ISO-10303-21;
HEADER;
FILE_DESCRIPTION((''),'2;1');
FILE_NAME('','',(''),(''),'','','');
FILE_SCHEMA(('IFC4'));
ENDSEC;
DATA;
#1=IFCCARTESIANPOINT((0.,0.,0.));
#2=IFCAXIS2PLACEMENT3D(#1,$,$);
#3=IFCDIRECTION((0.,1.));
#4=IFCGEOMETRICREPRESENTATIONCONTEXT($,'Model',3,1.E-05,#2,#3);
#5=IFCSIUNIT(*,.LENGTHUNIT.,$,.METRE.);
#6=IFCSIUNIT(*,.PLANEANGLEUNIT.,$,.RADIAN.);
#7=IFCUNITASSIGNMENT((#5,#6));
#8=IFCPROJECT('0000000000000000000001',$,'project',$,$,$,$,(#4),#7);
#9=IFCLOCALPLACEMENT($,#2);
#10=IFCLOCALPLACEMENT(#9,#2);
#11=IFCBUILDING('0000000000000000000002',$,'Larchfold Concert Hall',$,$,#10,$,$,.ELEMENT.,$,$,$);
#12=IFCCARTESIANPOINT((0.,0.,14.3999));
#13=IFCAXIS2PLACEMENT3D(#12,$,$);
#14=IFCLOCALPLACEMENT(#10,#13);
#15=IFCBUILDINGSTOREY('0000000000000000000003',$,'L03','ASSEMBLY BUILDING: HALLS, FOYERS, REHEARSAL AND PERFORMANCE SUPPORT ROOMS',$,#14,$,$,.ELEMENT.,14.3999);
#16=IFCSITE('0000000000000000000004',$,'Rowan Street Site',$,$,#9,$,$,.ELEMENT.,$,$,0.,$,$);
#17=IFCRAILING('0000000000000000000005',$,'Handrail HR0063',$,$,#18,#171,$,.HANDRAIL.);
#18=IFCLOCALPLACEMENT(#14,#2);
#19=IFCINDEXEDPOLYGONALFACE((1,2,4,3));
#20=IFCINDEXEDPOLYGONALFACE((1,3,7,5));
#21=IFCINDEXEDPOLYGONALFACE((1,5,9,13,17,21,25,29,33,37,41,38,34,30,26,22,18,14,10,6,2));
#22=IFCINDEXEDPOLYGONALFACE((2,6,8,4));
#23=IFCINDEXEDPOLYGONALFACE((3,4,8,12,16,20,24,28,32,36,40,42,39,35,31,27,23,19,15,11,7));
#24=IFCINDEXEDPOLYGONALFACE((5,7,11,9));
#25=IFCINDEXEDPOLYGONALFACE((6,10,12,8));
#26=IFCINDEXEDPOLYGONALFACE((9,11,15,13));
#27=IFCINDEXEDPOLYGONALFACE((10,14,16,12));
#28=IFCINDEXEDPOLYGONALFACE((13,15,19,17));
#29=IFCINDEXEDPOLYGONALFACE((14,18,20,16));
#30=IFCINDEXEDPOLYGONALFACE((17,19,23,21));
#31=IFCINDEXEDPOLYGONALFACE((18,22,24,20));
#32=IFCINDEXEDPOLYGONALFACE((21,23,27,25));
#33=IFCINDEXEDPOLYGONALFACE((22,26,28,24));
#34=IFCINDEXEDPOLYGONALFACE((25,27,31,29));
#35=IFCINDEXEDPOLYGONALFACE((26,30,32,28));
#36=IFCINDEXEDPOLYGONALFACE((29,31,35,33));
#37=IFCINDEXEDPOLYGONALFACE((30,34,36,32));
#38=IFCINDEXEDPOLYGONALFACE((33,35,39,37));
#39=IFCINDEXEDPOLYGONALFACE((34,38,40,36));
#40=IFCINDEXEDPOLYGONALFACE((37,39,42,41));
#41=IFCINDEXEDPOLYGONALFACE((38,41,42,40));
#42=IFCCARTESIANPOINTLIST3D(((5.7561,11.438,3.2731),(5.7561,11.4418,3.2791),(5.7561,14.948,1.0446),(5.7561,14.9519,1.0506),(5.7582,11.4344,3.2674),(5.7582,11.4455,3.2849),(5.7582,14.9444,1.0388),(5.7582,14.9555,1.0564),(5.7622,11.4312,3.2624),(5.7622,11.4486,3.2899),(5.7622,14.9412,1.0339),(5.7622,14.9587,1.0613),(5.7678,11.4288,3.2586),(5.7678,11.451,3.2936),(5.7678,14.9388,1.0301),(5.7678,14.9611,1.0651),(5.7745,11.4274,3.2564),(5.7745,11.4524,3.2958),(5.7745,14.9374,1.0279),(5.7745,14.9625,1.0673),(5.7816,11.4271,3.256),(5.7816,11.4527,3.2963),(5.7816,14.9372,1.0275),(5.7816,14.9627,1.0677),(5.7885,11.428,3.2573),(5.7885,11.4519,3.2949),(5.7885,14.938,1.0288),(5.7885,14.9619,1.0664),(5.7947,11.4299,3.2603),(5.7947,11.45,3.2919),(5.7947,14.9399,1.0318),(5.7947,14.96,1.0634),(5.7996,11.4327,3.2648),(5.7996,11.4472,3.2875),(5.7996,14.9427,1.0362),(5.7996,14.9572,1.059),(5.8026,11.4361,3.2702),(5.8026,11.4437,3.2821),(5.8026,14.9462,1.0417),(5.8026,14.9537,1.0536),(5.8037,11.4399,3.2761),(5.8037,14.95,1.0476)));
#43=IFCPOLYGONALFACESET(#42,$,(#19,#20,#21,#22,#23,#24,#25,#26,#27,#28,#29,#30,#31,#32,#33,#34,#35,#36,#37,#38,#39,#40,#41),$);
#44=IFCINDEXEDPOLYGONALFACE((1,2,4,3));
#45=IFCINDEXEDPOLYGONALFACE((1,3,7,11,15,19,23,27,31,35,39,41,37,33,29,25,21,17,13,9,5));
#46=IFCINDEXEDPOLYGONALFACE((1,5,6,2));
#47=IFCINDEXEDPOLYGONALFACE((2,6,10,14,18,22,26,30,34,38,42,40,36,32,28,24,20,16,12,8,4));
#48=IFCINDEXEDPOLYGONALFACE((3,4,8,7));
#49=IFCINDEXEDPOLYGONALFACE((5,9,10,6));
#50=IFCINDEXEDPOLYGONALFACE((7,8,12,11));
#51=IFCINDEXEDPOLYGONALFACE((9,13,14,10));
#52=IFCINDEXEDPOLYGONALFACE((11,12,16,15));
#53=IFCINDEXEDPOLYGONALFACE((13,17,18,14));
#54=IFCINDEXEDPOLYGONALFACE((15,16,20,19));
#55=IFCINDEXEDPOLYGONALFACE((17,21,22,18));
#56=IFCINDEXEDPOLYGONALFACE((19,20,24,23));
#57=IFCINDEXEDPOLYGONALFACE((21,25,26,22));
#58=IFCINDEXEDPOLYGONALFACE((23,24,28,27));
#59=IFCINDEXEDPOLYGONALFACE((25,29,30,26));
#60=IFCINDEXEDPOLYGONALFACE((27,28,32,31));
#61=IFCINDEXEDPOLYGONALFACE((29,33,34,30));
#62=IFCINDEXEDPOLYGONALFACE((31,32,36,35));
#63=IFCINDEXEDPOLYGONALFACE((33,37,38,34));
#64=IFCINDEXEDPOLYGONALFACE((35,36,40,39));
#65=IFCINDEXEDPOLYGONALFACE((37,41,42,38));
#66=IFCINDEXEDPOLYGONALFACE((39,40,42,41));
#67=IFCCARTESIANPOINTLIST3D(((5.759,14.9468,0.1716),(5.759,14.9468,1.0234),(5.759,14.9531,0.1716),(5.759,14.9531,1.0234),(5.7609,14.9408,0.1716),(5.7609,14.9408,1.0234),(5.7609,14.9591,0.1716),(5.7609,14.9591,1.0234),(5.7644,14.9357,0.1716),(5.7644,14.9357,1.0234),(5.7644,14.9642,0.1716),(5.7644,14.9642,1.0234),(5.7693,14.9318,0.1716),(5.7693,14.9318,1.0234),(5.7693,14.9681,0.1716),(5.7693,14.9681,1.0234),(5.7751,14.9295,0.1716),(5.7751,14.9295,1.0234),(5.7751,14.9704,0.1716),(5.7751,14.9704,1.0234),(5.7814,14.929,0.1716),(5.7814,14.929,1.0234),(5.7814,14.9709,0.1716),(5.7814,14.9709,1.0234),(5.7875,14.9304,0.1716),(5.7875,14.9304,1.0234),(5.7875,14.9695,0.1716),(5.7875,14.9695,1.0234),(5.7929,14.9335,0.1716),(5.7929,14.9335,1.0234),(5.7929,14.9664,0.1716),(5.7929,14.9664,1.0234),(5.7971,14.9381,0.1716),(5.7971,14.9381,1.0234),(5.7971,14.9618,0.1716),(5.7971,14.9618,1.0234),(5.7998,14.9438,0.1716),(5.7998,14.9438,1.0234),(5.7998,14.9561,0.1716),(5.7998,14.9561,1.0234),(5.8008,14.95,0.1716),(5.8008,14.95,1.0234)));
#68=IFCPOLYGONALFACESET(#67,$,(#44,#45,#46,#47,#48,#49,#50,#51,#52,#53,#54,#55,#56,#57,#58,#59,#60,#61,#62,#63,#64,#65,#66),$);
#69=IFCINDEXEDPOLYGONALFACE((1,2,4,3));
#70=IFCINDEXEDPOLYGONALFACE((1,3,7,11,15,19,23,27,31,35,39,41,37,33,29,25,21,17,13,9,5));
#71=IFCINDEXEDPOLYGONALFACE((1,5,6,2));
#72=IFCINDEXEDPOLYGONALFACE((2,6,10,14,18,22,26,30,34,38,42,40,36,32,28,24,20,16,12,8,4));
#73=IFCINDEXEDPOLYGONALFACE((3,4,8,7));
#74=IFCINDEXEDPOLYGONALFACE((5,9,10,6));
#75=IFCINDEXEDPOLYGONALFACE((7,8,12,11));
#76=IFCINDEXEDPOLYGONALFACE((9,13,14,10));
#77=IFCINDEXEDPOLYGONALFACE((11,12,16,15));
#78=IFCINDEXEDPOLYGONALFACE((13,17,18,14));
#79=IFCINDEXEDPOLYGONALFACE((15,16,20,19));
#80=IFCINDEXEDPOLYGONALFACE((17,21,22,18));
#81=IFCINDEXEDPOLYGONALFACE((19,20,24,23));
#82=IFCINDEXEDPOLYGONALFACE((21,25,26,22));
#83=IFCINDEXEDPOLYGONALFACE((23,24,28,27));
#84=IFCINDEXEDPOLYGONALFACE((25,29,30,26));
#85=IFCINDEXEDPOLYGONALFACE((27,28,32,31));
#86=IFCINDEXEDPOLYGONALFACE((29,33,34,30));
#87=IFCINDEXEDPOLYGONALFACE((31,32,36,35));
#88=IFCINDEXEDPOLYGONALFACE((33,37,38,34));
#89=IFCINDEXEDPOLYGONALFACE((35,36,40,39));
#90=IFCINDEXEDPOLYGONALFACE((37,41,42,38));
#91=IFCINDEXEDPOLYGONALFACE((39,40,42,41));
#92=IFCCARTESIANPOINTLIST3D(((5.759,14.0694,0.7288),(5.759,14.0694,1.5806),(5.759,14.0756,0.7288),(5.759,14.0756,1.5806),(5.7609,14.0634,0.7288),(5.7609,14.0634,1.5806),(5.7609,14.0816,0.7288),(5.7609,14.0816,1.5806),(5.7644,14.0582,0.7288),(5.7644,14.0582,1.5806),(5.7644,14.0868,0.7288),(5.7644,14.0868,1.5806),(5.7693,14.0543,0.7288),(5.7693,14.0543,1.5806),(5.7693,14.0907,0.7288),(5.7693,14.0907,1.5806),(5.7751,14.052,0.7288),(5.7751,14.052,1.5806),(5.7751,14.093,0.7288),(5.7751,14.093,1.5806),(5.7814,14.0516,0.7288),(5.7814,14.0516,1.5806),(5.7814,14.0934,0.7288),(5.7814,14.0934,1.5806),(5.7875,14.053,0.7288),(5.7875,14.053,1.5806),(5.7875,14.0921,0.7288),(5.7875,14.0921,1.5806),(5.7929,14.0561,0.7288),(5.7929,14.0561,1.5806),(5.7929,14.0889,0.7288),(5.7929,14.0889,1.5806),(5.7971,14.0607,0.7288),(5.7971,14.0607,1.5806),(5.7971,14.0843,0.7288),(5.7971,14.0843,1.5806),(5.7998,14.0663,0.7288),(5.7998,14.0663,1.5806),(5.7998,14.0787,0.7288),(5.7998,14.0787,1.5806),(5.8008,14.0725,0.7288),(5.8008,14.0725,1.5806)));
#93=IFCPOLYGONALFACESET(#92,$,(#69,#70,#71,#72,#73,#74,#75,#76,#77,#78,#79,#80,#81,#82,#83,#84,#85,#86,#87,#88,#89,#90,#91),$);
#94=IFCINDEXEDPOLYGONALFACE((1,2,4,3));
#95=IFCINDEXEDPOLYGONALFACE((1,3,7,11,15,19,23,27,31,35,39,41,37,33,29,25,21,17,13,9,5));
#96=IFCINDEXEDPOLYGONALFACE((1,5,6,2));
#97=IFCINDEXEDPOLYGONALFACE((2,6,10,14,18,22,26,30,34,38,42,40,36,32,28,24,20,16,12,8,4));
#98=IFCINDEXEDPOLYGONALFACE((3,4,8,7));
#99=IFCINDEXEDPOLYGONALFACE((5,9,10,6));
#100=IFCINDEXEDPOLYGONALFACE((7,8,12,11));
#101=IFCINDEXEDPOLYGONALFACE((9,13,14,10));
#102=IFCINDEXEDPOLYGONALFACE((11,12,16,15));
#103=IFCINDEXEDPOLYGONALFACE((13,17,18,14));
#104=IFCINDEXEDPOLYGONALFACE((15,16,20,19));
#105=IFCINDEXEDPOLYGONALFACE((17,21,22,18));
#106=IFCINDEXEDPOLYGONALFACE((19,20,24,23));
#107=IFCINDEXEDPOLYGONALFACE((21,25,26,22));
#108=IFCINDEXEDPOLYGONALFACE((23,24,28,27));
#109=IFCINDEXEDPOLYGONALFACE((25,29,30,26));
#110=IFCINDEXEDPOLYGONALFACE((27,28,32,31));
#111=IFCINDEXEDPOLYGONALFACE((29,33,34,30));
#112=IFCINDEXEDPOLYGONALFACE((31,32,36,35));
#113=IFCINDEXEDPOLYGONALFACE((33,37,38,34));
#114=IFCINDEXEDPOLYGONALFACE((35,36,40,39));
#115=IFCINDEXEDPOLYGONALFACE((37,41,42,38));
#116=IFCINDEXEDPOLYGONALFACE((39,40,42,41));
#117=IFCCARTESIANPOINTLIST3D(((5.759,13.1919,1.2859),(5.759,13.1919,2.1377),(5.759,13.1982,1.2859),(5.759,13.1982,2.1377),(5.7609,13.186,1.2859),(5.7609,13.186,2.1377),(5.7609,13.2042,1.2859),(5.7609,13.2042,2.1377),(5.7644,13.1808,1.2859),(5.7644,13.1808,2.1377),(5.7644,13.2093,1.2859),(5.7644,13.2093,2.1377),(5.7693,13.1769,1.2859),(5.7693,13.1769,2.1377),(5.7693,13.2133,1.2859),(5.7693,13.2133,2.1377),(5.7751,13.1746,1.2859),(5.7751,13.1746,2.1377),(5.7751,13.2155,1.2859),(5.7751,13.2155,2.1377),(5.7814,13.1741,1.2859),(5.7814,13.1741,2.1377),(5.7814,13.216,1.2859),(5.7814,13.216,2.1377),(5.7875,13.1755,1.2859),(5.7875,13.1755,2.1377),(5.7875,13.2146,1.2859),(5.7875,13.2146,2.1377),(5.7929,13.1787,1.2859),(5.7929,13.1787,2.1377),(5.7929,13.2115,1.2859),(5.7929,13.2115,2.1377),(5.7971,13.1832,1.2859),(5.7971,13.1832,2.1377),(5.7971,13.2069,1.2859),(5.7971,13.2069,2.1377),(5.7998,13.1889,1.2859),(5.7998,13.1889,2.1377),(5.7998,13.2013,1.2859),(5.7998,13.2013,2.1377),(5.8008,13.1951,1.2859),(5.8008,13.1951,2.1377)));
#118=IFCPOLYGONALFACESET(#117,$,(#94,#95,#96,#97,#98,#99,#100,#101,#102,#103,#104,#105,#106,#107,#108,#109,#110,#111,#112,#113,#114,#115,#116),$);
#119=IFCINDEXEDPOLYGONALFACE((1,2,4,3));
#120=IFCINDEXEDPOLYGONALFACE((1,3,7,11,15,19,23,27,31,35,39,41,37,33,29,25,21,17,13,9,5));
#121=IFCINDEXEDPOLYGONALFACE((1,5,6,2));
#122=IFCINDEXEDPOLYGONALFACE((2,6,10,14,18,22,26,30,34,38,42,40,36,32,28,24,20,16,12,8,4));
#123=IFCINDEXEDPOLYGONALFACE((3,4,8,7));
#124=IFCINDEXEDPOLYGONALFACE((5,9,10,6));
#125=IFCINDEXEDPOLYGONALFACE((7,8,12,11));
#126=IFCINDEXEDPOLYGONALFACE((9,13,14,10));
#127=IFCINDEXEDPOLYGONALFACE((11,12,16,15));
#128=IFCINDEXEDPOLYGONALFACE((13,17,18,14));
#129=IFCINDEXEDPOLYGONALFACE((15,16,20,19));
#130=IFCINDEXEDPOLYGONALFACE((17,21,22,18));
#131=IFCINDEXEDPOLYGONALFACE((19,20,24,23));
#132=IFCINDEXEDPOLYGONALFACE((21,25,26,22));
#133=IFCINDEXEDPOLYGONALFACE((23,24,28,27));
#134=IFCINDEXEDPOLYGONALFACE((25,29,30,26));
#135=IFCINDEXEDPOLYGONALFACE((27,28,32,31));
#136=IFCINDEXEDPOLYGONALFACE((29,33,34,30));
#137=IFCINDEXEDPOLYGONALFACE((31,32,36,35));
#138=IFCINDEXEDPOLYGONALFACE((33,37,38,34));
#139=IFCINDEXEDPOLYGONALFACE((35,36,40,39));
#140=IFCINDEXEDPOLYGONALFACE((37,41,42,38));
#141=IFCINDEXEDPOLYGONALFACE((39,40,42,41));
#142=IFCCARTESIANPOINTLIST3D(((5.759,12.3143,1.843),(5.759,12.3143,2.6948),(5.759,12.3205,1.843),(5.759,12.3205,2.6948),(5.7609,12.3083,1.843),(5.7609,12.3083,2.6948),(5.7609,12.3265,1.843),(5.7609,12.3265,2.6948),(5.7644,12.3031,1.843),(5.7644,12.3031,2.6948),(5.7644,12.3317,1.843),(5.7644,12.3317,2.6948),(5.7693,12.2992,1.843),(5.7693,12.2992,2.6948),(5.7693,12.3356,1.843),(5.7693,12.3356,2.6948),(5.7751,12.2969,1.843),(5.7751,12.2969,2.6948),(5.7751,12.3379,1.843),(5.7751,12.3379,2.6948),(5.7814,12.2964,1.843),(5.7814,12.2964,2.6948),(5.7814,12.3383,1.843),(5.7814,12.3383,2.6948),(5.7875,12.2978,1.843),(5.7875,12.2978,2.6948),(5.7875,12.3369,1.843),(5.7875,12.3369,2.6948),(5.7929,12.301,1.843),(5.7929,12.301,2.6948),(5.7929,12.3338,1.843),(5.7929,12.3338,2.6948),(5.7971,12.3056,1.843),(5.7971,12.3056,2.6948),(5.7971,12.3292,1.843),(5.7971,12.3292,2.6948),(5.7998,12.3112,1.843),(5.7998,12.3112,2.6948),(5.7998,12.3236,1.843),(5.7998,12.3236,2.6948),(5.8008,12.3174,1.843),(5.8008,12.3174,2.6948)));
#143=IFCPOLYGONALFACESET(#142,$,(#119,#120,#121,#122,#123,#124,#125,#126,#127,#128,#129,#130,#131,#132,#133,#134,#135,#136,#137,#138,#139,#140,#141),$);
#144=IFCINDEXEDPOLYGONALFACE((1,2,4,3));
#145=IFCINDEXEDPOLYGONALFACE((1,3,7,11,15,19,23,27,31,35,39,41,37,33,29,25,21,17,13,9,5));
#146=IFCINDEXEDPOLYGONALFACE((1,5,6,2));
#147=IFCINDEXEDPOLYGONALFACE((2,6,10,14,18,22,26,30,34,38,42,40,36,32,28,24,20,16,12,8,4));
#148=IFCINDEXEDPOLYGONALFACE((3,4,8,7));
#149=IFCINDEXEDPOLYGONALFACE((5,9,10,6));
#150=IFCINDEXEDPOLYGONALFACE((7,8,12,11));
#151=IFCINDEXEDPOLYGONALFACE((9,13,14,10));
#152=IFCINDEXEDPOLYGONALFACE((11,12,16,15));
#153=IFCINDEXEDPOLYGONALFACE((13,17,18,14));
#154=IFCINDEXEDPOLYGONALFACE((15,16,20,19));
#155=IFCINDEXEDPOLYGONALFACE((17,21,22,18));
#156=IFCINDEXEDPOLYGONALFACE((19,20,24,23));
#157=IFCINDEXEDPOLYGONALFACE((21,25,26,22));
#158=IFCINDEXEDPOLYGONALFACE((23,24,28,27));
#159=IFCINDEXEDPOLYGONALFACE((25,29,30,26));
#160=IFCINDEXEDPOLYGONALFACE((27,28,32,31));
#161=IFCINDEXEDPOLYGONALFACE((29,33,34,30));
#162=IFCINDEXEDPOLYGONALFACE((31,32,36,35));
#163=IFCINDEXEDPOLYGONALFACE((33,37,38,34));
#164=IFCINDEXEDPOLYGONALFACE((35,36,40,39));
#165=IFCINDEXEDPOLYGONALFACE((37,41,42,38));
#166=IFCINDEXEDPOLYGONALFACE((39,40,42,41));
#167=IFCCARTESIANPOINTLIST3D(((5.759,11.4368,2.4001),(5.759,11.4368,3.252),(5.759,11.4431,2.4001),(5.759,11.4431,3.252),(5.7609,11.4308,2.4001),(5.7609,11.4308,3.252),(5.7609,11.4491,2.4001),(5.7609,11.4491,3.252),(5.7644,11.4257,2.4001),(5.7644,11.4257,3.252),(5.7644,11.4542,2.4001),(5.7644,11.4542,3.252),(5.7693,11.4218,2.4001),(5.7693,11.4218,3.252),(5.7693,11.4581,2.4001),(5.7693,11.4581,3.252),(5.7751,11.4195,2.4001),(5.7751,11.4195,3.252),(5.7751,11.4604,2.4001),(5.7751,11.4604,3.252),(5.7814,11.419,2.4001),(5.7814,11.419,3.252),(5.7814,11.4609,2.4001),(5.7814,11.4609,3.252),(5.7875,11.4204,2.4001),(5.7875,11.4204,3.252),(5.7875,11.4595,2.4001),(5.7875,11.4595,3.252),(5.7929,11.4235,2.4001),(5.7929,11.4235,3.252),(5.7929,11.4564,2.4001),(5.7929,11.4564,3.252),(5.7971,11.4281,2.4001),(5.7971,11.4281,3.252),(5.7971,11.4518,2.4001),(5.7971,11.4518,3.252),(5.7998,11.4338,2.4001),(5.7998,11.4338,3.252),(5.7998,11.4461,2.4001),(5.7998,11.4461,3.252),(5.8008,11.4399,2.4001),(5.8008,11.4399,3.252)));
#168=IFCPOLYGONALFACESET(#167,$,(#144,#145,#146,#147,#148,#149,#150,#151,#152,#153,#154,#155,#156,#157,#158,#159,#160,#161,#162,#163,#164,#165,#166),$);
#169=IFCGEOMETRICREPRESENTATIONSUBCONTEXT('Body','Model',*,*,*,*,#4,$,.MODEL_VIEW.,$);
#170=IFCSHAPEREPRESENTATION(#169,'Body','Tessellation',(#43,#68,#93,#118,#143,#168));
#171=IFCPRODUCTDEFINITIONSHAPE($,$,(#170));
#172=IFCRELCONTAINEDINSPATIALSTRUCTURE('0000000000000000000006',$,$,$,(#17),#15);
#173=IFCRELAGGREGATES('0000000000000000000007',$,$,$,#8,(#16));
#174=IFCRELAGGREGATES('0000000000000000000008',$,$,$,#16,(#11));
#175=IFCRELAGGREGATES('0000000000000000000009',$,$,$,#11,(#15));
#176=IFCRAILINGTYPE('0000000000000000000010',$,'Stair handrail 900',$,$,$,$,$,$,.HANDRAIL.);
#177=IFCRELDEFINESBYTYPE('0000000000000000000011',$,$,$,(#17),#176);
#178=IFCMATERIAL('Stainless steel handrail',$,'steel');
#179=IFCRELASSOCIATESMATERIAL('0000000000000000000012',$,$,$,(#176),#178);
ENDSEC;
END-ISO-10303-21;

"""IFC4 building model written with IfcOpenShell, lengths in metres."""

from ifc_helpers import new_model, si_unit, direction, frame, origin, origin_2d, place, context, subcontext, project, spatial, circle, extrude, material, type_object, element, save


model = new_model("IFC4")

# Units and contexts
model_context = context("Model", 3, precision=1e-05, world=origin(), true_north=direction((0.0, 1.0)))
body_context = subcontext(model_context, "Body", "Model", "MODEL_VIEW")
ifc_project = project(units=[si_unit("LENGTHUNIT", "METRE"), si_unit("PLANEANGLEUNIT", "RADIAN")], contexts=[model_context])

# Site, building, storey
site_placement = place(None, origin())
site = spatial("IfcSite", under=ifc_project, at=site_placement, Name="Rowan Street Site", CompositionType="ELEMENT", RefElevation=0.0)
building_placement = place(site_placement, origin())
building = spatial("IfcBuilding", under=site, at=building_placement, Name="Larchfold Concert Hall", CompositionType="ELEMENT")
storey_placement = place(building_placement, frame((0.0, 0.0, 14.3999)))
storey = spatial("IfcBuildingStorey", under=building, at=storey_placement, Name="L03", Description="ASSEMBLY BUILDING: HALLS, FOYERS, REHEARSAL AND PERFORMANCE SUPPORT ROOMS", CompositionType="ELEMENT", Elevation=14.3999)

# Railing
ifc_material_1 = material(Name="Stainless steel handrail", Category="steel")
railing_type_1 = type_object("IfcRailingType", Name="Stair handrail 900", PredefinedType="HANDRAIL", material=ifc_material_1)
railing_1_placement = place(storey_placement, frame((5.7798, 14.95, 0.1716)))
element("IfcRailing", 1, at=railing_1_placement, inside=storey, type_object=railing_type_1, Name="Handrail HR0063", PredefinedType="HANDRAIL", context=body_context, shape_type="SweptSolid", body=[
    extrude(circle(Radius=0.0239, at=origin_2d()), frame((0.0, 0.0, 0.876), z_axis=(0.0, -0.84422, 0.535998), x_axis=(1.0, 0.0, 0.0)), (0.0, 0.0, 1.0), 4.1577),
    extrude(circle(Radius=0.021, at=origin_2d()), origin(), (0.0, 0.0, 1.0), 0.8518),
    extrude(circle(Radius=0.021, at=origin_2d()), frame((0.0, -0.8774, 0.5571)), (0.0, 0.0, 1.0), 0.8518),
    extrude(circle(Radius=0.021, at=origin_2d()), frame((0.0, -1.7549, 1.1143)), (0.0, 0.0, 1.0), 0.8518),
    extrude(circle(Radius=0.021, at=origin_2d()), frame((0.0, -2.6326, 1.6714)), (0.0, 0.0, 1.0), 0.8518),
    extrude(circle(Radius=0.021, at=origin_2d()), frame((0.0, -3.51, 2.2285)), (0.0, 0.0, 1.0), 0.8518),
])

save(model, "model.ifc")
